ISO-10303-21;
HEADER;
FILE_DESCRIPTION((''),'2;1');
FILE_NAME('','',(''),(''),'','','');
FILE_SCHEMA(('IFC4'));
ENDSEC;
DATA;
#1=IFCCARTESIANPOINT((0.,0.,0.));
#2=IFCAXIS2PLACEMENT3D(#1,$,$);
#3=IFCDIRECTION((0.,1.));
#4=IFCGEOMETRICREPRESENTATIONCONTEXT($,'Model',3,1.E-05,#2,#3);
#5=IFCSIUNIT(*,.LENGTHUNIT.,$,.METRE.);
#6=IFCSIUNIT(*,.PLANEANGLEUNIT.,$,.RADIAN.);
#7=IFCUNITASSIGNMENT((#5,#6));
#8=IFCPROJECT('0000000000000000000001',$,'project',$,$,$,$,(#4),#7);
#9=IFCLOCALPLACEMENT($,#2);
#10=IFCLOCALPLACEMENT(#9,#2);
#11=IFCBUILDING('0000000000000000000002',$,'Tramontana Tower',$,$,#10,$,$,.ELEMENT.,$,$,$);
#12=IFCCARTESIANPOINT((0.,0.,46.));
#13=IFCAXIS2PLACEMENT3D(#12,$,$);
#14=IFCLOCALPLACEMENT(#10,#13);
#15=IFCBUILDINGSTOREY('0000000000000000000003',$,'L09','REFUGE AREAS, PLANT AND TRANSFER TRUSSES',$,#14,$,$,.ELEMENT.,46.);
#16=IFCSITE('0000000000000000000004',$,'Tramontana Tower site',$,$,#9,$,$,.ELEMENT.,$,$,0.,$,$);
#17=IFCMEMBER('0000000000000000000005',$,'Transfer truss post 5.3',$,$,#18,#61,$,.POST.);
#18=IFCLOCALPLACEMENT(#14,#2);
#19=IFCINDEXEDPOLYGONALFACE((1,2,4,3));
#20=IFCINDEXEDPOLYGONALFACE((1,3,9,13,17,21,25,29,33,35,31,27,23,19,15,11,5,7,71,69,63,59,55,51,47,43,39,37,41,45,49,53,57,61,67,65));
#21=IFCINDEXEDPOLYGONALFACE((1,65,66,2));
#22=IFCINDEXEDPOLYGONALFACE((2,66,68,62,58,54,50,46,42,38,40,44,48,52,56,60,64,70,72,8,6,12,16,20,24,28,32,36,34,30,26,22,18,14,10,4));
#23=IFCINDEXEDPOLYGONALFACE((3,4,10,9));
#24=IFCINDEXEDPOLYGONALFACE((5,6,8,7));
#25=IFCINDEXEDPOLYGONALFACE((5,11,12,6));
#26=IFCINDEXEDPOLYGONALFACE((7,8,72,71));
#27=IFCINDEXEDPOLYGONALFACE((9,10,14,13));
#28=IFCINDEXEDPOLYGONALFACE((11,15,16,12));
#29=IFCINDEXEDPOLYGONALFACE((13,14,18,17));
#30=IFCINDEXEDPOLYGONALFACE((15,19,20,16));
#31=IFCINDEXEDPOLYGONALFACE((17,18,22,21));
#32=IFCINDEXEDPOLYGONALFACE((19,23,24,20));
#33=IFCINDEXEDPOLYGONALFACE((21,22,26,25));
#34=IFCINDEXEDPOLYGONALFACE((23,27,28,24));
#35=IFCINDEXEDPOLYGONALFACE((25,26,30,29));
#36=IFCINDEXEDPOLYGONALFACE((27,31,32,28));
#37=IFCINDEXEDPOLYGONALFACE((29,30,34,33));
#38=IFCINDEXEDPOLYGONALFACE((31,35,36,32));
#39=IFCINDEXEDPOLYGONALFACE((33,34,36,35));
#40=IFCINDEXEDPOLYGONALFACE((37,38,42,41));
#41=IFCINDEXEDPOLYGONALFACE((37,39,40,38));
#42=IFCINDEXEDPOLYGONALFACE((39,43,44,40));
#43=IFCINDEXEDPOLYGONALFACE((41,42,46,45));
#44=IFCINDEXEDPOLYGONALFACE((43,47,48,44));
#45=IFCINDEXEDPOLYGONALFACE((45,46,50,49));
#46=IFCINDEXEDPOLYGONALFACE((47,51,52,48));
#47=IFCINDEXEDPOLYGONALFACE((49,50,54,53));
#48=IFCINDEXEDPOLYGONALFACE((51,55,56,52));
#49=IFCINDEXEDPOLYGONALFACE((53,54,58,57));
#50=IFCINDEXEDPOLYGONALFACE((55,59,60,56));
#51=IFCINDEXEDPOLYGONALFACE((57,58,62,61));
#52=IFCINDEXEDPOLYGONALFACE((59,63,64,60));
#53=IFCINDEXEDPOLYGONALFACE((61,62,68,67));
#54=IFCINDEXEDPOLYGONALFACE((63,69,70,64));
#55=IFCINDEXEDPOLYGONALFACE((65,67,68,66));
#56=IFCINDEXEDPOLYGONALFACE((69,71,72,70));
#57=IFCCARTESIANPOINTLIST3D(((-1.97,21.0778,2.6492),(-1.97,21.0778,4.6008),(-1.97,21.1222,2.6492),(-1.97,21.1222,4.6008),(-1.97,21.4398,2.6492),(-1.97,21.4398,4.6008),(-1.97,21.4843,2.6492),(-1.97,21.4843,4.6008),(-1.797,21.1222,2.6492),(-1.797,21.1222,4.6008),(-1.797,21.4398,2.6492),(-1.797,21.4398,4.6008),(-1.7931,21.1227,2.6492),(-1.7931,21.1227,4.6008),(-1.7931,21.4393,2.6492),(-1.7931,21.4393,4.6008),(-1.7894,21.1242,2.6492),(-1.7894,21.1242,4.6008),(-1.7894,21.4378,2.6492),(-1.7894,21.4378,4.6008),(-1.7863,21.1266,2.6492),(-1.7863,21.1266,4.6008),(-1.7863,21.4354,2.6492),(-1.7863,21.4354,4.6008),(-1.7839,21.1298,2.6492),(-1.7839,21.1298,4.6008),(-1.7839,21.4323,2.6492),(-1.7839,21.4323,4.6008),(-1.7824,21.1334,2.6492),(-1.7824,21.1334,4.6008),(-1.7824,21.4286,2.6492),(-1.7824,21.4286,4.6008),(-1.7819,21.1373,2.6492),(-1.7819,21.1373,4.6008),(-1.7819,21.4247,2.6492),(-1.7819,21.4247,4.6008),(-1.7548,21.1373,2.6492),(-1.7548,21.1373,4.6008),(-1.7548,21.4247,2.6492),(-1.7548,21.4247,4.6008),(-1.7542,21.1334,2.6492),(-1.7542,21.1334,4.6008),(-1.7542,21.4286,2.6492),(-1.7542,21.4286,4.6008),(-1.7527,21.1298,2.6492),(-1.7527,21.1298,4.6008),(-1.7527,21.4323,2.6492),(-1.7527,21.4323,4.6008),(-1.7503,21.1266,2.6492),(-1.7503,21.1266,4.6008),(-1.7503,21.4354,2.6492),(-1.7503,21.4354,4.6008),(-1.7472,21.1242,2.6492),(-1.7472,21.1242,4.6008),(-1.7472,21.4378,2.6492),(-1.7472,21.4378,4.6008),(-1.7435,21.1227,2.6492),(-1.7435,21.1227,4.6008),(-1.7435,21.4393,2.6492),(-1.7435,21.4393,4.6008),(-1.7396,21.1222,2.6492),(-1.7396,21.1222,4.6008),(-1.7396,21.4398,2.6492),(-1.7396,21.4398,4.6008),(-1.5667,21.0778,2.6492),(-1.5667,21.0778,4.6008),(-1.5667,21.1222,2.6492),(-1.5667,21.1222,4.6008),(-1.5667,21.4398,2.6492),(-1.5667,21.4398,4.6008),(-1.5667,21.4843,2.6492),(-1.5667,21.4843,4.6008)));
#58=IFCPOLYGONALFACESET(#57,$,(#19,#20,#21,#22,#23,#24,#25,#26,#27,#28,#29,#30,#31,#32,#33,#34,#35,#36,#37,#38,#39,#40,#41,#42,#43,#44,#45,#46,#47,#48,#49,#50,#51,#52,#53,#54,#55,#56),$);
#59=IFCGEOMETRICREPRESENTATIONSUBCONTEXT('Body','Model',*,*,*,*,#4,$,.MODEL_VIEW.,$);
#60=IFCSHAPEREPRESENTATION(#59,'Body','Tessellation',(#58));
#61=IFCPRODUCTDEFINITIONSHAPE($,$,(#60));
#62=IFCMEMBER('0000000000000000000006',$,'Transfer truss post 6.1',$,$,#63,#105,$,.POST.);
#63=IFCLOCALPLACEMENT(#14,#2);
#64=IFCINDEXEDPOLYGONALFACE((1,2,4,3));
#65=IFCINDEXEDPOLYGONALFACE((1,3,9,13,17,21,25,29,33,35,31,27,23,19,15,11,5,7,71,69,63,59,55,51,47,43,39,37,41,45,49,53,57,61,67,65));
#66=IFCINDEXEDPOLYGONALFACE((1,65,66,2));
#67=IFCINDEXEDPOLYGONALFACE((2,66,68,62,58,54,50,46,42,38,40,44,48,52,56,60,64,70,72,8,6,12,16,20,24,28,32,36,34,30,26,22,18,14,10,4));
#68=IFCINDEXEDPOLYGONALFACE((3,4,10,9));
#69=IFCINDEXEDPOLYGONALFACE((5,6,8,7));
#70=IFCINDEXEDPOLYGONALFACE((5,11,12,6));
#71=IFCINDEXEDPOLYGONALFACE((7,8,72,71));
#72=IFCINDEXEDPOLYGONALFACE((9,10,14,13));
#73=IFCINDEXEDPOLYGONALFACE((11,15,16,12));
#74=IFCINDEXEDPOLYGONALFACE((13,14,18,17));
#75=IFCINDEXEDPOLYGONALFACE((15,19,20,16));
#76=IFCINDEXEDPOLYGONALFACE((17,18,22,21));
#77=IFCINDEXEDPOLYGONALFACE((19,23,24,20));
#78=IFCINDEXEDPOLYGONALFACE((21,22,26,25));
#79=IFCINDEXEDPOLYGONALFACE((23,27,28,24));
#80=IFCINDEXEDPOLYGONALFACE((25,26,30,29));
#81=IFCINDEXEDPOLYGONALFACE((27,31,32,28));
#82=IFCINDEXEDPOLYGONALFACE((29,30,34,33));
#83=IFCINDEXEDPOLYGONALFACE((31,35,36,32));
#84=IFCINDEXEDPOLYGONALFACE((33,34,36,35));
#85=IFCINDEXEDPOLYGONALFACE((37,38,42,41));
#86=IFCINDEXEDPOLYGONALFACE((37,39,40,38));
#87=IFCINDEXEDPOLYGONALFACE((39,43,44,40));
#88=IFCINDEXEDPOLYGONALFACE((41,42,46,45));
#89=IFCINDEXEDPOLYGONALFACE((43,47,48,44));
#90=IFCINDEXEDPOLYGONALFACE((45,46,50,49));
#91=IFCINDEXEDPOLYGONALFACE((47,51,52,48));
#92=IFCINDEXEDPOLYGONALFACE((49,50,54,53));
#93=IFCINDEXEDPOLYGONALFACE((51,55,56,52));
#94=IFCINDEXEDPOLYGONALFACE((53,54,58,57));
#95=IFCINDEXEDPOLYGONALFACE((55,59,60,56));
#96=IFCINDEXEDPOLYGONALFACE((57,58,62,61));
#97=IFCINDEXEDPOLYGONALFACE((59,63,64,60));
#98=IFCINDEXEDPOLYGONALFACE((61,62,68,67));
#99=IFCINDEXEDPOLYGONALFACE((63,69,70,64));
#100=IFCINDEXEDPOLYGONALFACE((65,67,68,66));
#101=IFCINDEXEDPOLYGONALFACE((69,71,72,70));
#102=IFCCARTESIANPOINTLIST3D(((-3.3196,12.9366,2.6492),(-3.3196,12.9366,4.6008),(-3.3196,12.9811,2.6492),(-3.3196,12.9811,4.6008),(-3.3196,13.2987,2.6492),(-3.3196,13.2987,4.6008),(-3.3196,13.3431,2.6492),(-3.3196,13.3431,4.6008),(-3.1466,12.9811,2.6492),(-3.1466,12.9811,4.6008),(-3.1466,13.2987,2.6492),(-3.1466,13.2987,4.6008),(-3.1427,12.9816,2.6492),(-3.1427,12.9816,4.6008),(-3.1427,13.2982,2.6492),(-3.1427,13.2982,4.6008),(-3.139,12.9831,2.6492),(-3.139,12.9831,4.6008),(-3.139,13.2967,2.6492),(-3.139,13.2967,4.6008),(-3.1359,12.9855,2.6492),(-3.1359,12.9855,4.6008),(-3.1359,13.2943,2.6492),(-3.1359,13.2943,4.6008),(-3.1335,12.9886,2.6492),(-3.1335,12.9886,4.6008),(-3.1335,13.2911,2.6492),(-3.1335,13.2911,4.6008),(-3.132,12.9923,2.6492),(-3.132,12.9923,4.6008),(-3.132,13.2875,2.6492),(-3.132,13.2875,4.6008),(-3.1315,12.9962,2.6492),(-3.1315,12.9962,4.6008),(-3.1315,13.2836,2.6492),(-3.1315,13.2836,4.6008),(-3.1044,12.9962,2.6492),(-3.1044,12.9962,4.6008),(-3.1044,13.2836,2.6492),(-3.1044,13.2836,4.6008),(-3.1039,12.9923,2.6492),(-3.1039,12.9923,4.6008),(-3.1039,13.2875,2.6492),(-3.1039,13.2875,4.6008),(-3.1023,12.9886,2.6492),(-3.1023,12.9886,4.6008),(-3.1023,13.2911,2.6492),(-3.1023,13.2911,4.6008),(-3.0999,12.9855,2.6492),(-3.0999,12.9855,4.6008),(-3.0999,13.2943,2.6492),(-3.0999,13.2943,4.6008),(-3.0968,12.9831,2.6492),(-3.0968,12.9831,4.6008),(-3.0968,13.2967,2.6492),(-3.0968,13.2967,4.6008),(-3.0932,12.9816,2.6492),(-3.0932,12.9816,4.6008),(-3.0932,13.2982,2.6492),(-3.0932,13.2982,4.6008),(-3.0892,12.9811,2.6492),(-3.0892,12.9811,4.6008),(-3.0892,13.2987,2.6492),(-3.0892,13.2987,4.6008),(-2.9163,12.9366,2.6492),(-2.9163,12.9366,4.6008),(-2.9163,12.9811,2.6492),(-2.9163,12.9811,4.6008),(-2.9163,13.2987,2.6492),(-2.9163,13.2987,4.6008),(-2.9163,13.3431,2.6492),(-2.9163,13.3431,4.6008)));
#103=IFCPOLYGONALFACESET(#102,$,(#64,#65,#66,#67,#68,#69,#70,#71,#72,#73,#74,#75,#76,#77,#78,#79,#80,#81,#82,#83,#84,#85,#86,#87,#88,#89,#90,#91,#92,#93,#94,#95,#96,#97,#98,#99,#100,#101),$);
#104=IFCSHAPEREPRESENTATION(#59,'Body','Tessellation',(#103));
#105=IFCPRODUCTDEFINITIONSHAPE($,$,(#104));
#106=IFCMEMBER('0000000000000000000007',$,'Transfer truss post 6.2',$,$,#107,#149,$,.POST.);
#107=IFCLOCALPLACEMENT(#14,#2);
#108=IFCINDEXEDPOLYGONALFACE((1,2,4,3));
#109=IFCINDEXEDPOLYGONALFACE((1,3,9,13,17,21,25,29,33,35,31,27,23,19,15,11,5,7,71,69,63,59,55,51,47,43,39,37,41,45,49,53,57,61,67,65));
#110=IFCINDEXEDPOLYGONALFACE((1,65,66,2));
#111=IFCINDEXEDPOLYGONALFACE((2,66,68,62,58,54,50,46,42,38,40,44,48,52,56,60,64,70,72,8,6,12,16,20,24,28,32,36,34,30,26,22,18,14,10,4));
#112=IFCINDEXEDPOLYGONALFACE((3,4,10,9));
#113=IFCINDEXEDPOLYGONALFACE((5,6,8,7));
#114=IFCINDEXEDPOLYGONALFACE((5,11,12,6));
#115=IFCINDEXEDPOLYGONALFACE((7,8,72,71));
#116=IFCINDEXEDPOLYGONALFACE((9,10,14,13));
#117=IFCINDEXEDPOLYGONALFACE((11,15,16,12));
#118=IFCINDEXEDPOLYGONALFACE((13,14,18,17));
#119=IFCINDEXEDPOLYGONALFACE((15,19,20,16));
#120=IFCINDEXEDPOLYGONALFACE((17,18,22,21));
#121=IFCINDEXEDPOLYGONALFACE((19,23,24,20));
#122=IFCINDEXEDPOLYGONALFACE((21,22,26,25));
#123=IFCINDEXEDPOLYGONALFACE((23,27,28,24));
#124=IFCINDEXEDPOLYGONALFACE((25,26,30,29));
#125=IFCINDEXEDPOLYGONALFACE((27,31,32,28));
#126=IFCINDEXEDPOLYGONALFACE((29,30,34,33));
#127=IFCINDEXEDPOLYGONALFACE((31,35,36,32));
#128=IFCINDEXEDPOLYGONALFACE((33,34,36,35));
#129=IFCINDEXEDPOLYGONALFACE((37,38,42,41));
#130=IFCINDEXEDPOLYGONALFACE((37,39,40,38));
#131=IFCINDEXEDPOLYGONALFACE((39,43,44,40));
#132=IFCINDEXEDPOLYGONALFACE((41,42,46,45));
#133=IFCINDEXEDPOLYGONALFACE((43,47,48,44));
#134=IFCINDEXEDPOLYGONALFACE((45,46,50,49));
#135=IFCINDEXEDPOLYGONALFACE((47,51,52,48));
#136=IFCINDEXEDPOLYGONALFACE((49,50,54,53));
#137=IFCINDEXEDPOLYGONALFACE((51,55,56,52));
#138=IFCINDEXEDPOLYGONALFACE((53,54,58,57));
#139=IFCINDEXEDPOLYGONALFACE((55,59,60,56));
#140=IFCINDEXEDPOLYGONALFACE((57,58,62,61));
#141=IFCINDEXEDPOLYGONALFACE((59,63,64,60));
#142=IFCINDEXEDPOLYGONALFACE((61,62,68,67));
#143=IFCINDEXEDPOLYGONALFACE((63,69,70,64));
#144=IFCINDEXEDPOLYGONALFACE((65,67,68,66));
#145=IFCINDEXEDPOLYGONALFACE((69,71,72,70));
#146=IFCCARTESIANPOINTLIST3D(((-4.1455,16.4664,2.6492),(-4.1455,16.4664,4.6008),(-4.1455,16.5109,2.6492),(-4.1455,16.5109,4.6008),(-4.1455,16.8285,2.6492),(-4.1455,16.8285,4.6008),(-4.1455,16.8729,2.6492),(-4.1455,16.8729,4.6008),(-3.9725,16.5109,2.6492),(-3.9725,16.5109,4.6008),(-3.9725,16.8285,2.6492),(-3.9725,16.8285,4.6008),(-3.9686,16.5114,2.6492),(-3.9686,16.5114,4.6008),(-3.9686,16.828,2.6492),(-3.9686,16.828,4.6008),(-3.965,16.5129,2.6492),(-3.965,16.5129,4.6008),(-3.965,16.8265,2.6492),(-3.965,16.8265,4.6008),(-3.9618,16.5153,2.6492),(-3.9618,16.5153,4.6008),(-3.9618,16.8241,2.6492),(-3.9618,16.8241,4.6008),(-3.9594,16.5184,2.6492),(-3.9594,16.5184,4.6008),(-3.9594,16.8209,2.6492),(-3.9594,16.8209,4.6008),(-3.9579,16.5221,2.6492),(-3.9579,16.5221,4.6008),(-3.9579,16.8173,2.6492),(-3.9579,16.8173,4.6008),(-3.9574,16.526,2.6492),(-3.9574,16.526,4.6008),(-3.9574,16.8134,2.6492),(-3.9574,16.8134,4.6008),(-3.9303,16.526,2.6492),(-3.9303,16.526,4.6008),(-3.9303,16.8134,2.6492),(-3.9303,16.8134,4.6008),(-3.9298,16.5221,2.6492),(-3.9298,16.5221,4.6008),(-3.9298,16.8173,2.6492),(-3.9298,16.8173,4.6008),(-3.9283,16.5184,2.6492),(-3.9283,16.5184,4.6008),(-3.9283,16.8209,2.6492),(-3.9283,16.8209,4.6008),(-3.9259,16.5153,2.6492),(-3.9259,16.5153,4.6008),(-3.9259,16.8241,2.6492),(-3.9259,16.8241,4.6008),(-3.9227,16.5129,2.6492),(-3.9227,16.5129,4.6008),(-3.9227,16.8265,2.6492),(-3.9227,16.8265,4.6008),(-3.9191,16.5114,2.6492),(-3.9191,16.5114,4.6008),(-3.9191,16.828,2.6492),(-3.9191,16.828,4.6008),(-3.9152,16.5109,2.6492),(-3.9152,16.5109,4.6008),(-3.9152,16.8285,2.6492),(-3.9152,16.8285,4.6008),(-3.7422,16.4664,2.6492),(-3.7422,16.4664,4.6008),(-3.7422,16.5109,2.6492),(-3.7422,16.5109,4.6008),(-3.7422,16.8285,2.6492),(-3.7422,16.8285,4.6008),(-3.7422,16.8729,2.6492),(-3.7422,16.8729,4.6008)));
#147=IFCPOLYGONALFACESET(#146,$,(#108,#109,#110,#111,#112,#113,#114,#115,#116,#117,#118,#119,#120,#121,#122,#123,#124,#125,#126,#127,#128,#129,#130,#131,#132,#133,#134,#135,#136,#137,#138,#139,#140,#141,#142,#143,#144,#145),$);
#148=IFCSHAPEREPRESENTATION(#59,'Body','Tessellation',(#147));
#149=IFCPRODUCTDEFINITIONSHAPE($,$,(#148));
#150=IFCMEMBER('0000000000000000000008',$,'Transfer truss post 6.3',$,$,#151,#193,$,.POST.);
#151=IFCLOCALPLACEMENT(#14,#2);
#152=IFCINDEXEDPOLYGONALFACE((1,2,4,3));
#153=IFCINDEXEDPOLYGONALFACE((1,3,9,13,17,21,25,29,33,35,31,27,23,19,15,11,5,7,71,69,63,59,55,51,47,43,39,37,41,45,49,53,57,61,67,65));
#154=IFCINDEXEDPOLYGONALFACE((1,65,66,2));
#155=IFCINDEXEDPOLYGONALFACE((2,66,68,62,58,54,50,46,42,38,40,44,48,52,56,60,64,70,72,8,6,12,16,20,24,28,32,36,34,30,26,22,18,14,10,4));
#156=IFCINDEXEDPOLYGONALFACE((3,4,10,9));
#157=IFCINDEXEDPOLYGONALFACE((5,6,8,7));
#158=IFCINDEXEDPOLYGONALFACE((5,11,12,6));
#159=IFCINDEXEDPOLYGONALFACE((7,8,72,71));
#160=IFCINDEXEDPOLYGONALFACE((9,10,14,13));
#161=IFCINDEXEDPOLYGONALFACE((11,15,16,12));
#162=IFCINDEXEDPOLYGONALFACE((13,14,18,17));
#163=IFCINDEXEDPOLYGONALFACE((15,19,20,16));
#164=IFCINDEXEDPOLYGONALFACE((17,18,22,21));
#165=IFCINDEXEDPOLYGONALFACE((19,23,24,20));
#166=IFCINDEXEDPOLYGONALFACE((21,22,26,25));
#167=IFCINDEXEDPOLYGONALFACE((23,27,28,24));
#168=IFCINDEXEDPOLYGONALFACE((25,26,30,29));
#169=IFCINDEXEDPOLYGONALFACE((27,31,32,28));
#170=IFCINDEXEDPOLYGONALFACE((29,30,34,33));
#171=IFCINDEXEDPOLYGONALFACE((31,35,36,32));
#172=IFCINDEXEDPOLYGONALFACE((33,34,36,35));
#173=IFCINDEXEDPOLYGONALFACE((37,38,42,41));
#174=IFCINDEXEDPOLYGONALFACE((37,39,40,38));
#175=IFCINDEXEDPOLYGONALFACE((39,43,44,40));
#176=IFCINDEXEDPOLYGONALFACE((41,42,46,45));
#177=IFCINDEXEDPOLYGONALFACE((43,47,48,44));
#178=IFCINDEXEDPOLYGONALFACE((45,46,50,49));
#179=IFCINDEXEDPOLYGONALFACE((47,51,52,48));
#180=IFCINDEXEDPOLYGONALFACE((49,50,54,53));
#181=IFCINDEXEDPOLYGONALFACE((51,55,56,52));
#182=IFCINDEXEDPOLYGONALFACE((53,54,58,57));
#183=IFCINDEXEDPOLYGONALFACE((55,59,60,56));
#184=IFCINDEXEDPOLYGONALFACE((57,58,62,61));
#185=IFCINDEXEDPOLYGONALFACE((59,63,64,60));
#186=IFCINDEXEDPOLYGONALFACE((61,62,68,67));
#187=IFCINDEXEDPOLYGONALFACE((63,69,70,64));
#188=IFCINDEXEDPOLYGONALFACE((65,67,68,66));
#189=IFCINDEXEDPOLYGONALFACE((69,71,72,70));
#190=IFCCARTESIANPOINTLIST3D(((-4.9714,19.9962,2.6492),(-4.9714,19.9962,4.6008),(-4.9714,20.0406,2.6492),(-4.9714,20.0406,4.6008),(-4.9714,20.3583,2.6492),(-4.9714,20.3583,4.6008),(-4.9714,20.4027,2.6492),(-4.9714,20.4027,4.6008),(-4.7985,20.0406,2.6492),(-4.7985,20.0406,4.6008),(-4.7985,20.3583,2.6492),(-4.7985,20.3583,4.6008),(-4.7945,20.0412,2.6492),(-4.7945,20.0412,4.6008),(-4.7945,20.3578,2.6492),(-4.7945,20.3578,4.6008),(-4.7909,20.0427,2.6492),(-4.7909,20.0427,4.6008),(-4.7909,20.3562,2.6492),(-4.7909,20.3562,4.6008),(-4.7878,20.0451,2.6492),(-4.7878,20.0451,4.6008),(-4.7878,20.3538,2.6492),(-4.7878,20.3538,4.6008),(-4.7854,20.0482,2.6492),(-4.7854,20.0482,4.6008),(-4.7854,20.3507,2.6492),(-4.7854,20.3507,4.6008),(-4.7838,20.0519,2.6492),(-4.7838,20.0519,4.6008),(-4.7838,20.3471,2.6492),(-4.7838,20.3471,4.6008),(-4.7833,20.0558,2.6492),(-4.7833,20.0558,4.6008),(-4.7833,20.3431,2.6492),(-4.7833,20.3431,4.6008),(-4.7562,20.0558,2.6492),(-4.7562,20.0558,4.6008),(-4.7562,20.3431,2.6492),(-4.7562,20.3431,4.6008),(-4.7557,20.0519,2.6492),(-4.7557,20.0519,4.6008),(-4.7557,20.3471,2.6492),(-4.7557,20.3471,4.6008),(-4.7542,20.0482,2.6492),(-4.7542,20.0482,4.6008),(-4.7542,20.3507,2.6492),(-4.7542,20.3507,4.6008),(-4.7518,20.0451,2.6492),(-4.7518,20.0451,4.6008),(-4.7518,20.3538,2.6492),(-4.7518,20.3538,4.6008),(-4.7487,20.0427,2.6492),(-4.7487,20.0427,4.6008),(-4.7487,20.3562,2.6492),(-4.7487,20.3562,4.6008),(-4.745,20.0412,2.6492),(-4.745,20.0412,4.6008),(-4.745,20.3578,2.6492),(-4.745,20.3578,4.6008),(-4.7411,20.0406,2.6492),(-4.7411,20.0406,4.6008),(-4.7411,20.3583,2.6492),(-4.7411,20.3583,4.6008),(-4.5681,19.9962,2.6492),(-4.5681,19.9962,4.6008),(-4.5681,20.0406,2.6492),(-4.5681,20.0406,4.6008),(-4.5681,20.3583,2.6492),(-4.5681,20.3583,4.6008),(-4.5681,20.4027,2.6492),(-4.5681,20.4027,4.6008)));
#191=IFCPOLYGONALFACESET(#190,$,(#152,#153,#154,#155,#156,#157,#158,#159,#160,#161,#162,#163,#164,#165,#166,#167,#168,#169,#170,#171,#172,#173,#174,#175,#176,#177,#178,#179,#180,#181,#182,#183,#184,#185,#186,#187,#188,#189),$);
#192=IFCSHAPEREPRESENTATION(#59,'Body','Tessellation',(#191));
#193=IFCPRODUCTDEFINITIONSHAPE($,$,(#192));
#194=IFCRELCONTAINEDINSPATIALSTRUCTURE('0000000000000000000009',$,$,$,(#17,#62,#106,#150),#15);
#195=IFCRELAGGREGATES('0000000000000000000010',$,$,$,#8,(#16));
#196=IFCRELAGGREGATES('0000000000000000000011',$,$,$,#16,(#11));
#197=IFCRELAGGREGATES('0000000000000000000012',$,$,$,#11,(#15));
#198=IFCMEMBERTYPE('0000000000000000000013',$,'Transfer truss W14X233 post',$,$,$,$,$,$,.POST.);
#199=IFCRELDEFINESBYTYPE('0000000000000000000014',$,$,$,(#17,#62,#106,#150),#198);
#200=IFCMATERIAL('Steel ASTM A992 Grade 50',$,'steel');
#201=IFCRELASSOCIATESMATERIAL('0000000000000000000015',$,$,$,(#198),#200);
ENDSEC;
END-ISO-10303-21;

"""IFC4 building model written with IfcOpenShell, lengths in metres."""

from ifc_helpers import new_model, si_unit, direction, frame, origin, origin_2d, place, context, subcontext, project, spatial, i_section, extrude, material, material_profile, profile_set, type_object, element, save


model = new_model("IFC4")

# Units and contexts
model_context = context("Model", 3, precision=1e-05, world=origin(), true_north=direction((0.0, 1.0)))
body_context = subcontext(model_context, "Body", "Model", "MODEL_VIEW")
ifc_project = project(units=[si_unit("LENGTHUNIT", "METRE"), si_unit("PLANEANGLEUNIT", "RADIAN")], contexts=[model_context])

# Site, building, storey
site_placement = place(None, origin())
site = spatial("IfcSite", under=ifc_project, at=site_placement, Name="Tramontana Tower site", CompositionType="ELEMENT", RefElevation=0.0)
building_placement = place(site_placement, origin())
building = spatial("IfcBuilding", under=site, at=building_placement, Name="Tramontana Tower", CompositionType="ELEMENT")
storey_placement = place(building_placement, frame((0.0, 0.0, 46.0)))
storey = spatial("IfcBuildingStorey", under=building, at=storey_placement, Name="L09", Description="REFUGE AREAS, PLANT AND TRANSFER TRUSSES", CompositionType="ELEMENT", Elevation=46.0)

# Members
ifc_material_1 = material(Name="Steel ASTM A992 Grade 50", Category="steel")
ifc_material_profile_1 = material_profile(ifc_material_1, i_section(OverallWidth=0.4033, OverallDepth=0.4065, WebThickness=0.0271, FlangeThickness=0.0444, FilletRadius=0.0151, at=origin_2d()), Name="W14X233")
ifc_profile_set_1 = profile_set([ifc_material_profile_1], Name="Steel ASTM A992 Grade 50")
member_type_1 = type_object("IfcMemberType", Name="Transfer truss W14X233 post", PredefinedType="POST", material=ifc_profile_set_1)
for number, where, z_axis, x_axis, name in (
    (1, (-1.7683, 21.281, 2.6492), (0.0, 0.0, 1.0), (1.0, 0.0, 0.0), "Transfer truss post 5.3"),
    (2, (-3.1179, 13.1399, 2.6492), (0.0, 0.0, 1.0), (1.0, 0.0, 0.0), "Transfer truss post 6.1"),
    (3, (-3.9438, 16.6697, 2.6492), (0.0, 0.0, 1.0), (1.0, 0.0, 0.0), "Transfer truss post 6.2"),
    (4, (-4.7698, 20.1995, 2.6492), (0.0, 0.0, 1.0), (1.0, 0.0, 0.0), "Transfer truss post 6.3"),
):
    element("IfcMember", number, at=place(storey_placement, frame(where, z_axis=z_axis, x_axis=x_axis)), inside=storey, type_object=member_type_1, Name=name, PredefinedType="POST", context=body_context, shape_type="SweptSolid", body=[
        extrude(i_section(OverallWidth=0.4033, OverallDepth=0.4065, WebThickness=0.0271, FlangeThickness=0.0444, FilletRadius=0.0151, at=origin_2d()), origin(), (0.0, 0.0, 1.0), 1.9517),
    ])

save(model, "model.ifc")
